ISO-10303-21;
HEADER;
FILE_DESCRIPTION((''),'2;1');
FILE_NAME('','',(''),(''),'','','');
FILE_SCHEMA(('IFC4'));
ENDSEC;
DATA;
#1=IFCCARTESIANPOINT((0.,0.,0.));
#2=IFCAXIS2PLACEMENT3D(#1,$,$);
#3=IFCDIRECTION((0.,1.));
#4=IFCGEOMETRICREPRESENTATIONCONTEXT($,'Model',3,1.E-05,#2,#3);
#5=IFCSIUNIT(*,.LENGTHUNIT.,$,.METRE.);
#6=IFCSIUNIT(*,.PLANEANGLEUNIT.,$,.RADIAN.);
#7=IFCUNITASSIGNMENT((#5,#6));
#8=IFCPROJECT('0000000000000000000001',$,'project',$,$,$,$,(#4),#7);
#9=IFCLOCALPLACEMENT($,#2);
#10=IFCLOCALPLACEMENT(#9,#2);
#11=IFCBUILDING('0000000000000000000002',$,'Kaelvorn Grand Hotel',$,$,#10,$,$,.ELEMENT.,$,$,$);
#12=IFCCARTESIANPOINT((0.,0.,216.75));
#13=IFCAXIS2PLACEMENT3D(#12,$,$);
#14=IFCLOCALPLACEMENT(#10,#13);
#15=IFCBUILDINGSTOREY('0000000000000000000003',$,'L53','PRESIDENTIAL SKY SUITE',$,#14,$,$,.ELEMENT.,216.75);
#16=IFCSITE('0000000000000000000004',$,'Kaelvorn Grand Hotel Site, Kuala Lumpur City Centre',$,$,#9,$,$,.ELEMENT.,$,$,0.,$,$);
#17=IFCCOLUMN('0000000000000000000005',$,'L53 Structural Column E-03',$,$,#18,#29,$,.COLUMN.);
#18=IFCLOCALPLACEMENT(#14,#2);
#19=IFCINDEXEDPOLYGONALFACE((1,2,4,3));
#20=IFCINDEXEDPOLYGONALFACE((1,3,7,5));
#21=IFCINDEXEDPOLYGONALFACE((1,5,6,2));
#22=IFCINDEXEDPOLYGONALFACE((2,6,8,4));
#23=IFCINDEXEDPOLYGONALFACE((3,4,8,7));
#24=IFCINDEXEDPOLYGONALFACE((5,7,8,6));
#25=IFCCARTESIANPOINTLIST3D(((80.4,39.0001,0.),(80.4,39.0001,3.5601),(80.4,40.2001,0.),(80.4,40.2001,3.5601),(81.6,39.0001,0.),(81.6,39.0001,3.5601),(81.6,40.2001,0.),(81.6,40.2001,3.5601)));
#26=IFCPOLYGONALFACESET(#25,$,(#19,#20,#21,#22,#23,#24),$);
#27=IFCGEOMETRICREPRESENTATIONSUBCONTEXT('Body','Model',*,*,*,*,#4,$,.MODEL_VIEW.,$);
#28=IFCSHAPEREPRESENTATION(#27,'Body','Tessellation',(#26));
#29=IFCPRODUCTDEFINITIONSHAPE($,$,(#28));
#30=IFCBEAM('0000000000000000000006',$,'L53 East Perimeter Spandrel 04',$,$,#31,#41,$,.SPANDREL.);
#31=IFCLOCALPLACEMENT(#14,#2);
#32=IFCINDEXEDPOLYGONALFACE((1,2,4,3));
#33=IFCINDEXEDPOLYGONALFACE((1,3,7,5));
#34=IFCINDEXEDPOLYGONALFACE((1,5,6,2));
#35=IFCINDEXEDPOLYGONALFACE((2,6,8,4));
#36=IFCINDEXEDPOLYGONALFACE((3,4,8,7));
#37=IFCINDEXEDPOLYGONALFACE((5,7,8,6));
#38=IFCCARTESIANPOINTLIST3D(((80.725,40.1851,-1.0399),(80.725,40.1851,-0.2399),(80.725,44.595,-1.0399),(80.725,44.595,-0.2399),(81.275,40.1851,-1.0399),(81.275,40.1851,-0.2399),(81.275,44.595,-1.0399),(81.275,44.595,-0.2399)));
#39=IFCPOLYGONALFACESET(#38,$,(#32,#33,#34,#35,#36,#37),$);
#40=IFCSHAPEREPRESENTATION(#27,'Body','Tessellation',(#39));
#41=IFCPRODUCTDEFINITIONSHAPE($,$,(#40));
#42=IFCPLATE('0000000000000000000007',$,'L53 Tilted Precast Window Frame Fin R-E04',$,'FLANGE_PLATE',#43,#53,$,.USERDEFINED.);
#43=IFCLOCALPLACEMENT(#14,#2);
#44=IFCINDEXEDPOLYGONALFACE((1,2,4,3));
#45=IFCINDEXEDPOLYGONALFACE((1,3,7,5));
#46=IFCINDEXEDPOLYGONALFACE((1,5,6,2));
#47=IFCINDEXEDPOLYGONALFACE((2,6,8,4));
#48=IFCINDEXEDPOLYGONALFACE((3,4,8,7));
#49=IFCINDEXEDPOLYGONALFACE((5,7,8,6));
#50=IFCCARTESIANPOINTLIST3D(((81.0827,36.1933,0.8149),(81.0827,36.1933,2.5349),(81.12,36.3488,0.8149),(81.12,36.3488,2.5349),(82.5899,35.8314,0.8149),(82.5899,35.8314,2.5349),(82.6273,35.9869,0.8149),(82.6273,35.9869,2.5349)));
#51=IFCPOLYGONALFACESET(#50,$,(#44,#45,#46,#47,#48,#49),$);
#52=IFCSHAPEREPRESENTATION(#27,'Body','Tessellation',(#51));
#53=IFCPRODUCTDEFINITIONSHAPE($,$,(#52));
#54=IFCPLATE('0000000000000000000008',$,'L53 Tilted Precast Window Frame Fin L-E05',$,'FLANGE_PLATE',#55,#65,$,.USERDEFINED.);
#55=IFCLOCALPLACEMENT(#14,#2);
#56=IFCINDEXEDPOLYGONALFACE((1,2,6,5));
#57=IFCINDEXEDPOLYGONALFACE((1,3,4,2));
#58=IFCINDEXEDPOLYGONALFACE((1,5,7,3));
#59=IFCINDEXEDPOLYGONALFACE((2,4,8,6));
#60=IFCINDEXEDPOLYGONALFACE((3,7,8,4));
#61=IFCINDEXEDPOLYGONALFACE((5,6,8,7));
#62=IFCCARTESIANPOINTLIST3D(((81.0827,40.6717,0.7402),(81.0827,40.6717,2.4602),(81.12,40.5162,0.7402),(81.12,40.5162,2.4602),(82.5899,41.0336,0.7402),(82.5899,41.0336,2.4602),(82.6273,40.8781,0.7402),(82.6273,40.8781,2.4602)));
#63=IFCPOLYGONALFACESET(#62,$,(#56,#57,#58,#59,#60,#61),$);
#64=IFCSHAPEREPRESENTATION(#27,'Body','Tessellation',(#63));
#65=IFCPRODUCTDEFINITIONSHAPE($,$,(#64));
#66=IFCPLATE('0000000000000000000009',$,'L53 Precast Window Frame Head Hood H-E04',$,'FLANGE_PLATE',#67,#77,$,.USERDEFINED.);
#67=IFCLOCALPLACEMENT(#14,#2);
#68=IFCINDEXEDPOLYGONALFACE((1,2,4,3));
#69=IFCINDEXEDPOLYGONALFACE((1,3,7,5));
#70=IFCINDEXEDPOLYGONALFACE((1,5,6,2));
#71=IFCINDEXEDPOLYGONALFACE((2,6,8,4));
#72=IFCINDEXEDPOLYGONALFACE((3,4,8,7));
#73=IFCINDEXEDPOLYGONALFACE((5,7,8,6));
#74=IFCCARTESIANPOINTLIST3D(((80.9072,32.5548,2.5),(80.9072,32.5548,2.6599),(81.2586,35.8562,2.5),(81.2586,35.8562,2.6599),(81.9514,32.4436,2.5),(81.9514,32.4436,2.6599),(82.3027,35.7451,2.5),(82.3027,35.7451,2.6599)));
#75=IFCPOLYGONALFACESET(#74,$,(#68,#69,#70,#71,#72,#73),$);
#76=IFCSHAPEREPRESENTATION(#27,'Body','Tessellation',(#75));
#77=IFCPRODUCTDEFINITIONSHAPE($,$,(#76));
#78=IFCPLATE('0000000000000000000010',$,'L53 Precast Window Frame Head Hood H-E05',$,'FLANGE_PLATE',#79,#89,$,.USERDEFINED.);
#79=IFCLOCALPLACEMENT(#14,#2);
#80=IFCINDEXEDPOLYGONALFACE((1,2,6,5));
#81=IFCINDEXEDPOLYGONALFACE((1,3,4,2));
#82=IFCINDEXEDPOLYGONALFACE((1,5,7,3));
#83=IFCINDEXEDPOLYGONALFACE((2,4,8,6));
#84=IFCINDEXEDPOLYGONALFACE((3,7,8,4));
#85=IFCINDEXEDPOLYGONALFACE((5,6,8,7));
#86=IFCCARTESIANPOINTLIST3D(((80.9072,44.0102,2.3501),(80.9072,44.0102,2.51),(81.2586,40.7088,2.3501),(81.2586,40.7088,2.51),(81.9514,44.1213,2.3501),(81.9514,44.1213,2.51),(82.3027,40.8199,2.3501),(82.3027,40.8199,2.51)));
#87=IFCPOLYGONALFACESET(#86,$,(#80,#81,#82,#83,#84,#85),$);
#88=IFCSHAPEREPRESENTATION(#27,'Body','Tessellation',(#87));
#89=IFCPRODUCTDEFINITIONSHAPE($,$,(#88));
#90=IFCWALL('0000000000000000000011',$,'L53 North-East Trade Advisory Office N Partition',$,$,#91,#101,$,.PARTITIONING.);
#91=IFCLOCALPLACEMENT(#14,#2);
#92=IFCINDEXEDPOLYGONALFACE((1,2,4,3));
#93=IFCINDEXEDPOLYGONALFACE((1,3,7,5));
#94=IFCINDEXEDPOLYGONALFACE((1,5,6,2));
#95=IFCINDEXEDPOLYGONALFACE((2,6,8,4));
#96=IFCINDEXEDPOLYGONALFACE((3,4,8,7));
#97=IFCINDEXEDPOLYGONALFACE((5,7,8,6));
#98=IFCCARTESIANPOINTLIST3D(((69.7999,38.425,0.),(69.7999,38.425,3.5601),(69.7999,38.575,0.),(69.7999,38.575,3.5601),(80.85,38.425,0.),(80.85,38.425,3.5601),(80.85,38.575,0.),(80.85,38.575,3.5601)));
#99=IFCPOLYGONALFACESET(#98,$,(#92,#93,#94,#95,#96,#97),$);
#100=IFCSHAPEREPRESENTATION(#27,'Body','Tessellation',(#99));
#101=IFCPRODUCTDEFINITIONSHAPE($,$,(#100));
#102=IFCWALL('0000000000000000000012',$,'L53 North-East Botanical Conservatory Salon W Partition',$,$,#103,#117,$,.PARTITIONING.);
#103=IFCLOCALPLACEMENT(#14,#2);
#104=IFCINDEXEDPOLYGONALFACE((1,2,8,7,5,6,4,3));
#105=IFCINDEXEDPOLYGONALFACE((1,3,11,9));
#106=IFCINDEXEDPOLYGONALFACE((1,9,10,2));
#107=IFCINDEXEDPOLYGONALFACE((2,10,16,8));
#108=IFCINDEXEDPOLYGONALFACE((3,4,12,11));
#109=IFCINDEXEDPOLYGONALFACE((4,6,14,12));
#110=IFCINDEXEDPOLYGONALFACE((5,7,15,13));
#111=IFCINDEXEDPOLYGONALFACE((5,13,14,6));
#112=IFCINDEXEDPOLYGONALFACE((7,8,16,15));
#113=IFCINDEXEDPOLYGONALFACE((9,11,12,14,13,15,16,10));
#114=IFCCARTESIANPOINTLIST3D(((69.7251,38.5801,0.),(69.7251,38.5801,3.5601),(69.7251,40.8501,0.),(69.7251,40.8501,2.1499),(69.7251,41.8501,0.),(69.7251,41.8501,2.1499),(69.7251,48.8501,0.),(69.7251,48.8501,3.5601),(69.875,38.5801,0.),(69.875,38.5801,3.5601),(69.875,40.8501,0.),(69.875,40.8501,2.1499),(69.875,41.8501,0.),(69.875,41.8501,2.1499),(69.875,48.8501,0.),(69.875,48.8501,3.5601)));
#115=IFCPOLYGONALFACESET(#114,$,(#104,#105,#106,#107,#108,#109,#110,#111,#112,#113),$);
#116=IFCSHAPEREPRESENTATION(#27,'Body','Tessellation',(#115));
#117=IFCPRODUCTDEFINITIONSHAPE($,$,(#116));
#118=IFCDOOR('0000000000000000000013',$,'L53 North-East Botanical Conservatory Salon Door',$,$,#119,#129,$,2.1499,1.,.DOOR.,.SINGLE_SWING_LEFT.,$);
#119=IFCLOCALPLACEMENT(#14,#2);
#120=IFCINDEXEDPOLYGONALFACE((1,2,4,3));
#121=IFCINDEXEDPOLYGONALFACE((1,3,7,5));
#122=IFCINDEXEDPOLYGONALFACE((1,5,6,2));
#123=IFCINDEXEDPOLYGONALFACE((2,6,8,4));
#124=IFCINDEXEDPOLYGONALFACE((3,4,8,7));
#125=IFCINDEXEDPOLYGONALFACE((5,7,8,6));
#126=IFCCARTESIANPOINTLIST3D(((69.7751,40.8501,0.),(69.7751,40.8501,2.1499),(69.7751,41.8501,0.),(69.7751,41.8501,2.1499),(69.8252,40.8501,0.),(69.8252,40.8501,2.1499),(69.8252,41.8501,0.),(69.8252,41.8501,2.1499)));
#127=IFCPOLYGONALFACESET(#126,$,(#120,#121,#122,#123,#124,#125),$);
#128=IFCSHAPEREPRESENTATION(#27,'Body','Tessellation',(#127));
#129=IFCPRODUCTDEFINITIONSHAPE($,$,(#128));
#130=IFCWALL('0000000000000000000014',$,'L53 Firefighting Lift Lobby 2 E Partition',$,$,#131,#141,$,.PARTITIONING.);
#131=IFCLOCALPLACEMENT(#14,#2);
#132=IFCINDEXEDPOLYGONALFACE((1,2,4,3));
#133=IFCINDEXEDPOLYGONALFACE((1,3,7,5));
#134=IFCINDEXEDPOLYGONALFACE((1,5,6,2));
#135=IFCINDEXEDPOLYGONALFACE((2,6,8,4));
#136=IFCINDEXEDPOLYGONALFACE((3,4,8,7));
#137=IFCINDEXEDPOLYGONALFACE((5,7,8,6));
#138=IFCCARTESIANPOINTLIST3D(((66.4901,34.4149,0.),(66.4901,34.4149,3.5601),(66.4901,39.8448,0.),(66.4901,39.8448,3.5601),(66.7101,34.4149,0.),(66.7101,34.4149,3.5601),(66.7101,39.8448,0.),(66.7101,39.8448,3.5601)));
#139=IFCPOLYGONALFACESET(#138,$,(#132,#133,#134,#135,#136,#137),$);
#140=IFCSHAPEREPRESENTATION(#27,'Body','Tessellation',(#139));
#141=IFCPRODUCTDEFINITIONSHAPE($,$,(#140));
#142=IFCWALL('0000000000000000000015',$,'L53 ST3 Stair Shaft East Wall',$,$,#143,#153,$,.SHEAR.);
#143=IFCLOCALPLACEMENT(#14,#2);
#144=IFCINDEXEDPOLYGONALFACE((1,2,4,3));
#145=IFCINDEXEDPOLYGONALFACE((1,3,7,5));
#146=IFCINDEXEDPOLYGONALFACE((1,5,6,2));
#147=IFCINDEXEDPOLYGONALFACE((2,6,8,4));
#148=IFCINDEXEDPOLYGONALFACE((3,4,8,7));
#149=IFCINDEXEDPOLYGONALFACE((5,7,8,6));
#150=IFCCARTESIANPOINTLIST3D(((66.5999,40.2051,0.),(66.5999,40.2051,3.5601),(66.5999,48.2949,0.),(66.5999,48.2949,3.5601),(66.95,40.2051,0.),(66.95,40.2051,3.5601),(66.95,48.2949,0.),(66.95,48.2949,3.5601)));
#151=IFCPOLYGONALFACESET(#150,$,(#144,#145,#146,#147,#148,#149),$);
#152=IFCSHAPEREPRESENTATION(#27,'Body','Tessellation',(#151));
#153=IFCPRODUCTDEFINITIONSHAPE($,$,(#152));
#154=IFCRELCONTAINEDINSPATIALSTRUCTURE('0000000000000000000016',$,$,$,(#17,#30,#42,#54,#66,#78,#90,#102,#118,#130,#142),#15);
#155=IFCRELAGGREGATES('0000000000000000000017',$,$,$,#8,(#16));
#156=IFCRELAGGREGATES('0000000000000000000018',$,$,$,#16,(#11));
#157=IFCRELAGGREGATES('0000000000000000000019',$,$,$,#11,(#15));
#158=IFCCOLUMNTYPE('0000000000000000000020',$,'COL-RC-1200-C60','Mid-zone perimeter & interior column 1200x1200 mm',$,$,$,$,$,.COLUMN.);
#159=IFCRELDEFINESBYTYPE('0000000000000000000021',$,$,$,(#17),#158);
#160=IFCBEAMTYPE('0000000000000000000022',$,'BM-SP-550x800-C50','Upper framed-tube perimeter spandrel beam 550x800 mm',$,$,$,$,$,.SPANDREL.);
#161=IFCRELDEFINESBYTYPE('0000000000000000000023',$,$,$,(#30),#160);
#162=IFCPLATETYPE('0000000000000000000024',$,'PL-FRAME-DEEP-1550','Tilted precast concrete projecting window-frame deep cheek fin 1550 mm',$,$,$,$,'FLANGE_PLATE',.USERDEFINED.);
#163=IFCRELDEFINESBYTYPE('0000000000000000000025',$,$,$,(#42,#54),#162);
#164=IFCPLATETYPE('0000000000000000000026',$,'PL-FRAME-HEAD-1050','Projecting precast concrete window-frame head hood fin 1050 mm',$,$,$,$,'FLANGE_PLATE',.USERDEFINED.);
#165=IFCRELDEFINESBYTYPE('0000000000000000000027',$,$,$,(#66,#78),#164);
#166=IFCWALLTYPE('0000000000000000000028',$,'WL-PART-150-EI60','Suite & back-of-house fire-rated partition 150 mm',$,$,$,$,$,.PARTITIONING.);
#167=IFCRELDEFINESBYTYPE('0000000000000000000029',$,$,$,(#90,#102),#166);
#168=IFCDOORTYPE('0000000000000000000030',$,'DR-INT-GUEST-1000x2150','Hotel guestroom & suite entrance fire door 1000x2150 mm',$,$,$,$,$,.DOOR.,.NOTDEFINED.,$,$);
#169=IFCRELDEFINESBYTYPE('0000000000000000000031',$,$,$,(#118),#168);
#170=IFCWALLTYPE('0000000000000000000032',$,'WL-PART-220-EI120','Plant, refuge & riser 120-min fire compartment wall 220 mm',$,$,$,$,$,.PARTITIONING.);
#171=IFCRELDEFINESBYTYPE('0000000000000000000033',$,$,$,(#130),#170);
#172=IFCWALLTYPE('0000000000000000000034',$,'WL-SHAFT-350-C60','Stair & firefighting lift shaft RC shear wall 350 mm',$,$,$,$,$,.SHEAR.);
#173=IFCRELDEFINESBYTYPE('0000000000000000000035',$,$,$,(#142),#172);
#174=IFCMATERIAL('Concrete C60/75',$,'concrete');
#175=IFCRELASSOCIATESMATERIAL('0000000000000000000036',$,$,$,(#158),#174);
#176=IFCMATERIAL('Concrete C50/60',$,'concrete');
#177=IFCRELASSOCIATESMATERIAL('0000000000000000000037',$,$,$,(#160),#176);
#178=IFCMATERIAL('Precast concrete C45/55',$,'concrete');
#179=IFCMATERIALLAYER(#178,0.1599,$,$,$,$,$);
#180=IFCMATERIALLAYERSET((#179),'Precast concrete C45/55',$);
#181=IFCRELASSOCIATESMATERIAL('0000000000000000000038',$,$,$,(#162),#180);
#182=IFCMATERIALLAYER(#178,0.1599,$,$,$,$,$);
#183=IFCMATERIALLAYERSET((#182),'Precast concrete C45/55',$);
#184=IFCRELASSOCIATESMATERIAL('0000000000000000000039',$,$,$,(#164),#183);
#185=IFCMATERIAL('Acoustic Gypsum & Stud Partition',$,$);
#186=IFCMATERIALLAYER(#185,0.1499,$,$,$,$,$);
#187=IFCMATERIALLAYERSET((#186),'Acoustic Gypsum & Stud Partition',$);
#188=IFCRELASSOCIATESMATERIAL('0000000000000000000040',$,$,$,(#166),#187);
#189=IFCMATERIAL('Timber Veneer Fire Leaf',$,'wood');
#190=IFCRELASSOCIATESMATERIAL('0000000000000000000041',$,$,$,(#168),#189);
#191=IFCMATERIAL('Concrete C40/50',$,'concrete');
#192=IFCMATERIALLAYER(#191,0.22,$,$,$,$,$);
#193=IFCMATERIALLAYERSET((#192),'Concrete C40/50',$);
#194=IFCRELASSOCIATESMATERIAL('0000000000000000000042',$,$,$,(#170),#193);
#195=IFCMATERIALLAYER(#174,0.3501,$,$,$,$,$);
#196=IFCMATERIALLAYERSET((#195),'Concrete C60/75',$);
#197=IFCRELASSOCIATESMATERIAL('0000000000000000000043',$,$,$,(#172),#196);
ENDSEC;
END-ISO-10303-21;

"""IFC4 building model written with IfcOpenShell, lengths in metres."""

from ifc_helpers import new_model, si_unit, direction, frame, frame_2d, origin, origin_2d, place, context, subcontext, project, spatial, rectangle, extrude, material, layer, layer_set, material_profile, profile_set, type_object, element, fill, save


model = new_model("IFC4")

# Units and contexts
model_context = context("Model", 3, precision=1e-05, world=origin(), true_north=direction((0.0, 1.0)))
body_context = subcontext(model_context, "Body", "Model", "MODEL_VIEW")
ifc_project = project(units=[si_unit("LENGTHUNIT", "METRE"), si_unit("PLANEANGLEUNIT", "RADIAN")], contexts=[model_context])

# Site, building, storey
site_placement = place(None, origin())
site = spatial("IfcSite", under=ifc_project, at=site_placement, Name="Kaelvorn Grand Hotel Site, Kuala Lumpur City Centre", CompositionType="ELEMENT", RefElevation=0.0)
building_placement = place(site_placement, origin())
building = spatial("IfcBuilding", under=site, at=building_placement, Name="Kaelvorn Grand Hotel", CompositionType="ELEMENT")
storey_placement = place(building_placement, frame((0.0, 0.0, 216.75)))
storey = spatial("IfcBuildingStorey", under=building, at=storey_placement, Name="L53", Description="PRESIDENTIAL SKY SUITE", CompositionType="ELEMENT", Elevation=216.75)

# Column
ifc_material_1 = material(Name="Concrete C60/75", Category="concrete")
ifc_material_profile_1 = material_profile(ifc_material_1, rectangle(XDim=1.2, YDim=1.2, at=origin_2d()), Name="RC COL 1200x1200")
ifc_profile_set_1 = profile_set([ifc_material_profile_1], Name="Concrete C60/75")
column_type = type_object("IfcColumnType", Name="COL-RC-1200-C60", Description="Mid-zone perimeter & interior column 1200x1200 mm", PredefinedType="COLUMN", material=ifc_profile_set_1)
column_placement = place(storey_placement, frame((81.0, 39.6001, 0.0), z_axis=(0.0, 0.0, 1.0), x_axis=(1.0, 0.0, 0.0)))
element("IfcColumn", 1, at=column_placement, inside=storey, type_object=column_type, Name="L53 Structural Column E-03", PredefinedType="COLUMN", context=body_context, shape_type="SweptSolid", body=[
    extrude(rectangle(XDim=1.2, YDim=1.2, at=origin_2d()), origin(), (0.0, 0.0, 1.0), 3.5601),
])

# Beam
ifc_material_2 = material(Name="Concrete C50/60", Category="concrete")
ifc_material_profile_2 = material_profile(ifc_material_2, rectangle(XDim=0.55, YDim=0.8, at=origin_2d()), Name="RC SPANDREL 550x800")
ifc_profile_set_2 = profile_set([ifc_material_profile_2], Name="Concrete C50/60")
beam_type = type_object("IfcBeamType", Name="BM-SP-550x800-C50", Description="Upper framed-tube perimeter spandrel beam 550x800 mm", PredefinedType="SPANDREL", material=ifc_profile_set_2)
beam_placement = place(storey_placement, frame((81.0, 40.1851, -0.6399), z_axis=(0.0, 1.0, 0.0), x_axis=(-1.0, 0.0, 0.0)))
element("IfcBeam", 2, at=beam_placement, inside=storey, type_object=beam_type, Name="L53 East Perimeter Spandrel 04", PredefinedType="SPANDREL", context=body_context, shape_type="SweptSolid", body=[
    extrude(rectangle(XDim=0.55, YDim=0.8, at=origin_2d()), origin(), (0.0, 0.0, 1.0), 4.4099),
])

# Plates
ifc_material_3 = material(Name="Precast concrete C45/55", Category="concrete")
ifc_layer_1 = layer(ifc_material_3, 0.1599)
ifc_layer_set_1 = layer_set([ifc_layer_1], Name="Precast concrete C45/55")
plate_type_1 = type_object("IfcPlateType", Name="PL-FRAME-DEEP-1550", Description="Tilted precast concrete projecting window-frame deep cheek fin 1550 mm", ElementType="FLANGE_PLATE", PredefinedType="USERDEFINED", material=ifc_layer_set_1)
for number, where, z_axis, x_axis, name in (
    (3, (81.855, 36.0901, 0.8149), (0.0, 0.0, 1.0), (0.233445, 0.97237, 0.0), "L53 Tilted Precast Window Frame Fin R-E04"),
    (4, (81.855, 40.7749, 0.7402), (0.0, 0.0, 1.0), (-0.233445, 0.97237, 0.0), "L53 Tilted Precast Window Frame Fin L-E05"),
):
    element("IfcPlate", number, at=place(storey_placement, frame(where, z_axis=z_axis, x_axis=x_axis)), inside=storey, type_object=plate_type_1, Name=name, ObjectType="FLANGE_PLATE", PredefinedType="USERDEFINED", context=body_context, shape_type="SweptSolid", body=[
        extrude(rectangle(XDim=0.1599, YDim=1.55, at=origin_2d()), origin(), (0.0, 0.0, 1.0), 1.72),
    ])
ifc_layer_2 = layer(ifc_material_3, 0.1599)
ifc_layer_set_2 = layer_set([ifc_layer_2], Name="Precast concrete C45/55")
plate_type_2 = type_object("IfcPlateType", Name="PL-FRAME-HEAD-1050", Description="Projecting precast concrete window-frame head hood fin 1050 mm", ElementType="FLANGE_PLATE", PredefinedType="USERDEFINED", material=ifc_layer_set_2)
for number, where, z_axis, x_axis, name in (
    (5, (81.605, 34.1499, 2.5), (0.0, 0.0, 1.0), (0.10583, 0.994384, 0.0), "L53 Precast Window Frame Head Hood H-E04"),
    (6, (81.605, 42.415, 2.3501), (0.0, 0.0, 1.0), (-0.10583, 0.994384, 0.0), "L53 Precast Window Frame Head Hood H-E05"),
):
    element("IfcPlate", number, at=place(storey_placement, frame(where, z_axis=z_axis, x_axis=x_axis)), inside=storey, type_object=plate_type_2, Name=name, ObjectType="FLANGE_PLATE", PredefinedType="USERDEFINED", context=body_context, shape_type="SweptSolid", body=[
        extrude(rectangle(XDim=3.3201, YDim=1.05, at=origin_2d()), origin(), (0.0, 0.0, 1.0), 0.1599),
    ])

# Wall
ifc_material_4 = material(Name="Acoustic Gypsum & Stud Partition")
ifc_layer_3 = layer(ifc_material_4, 0.1499)
ifc_layer_set_3 = layer_set([ifc_layer_3], Name="Acoustic Gypsum & Stud Partition")
wall_type_1 = type_object("IfcWallType", Name="WL-PART-150-EI60", Description="Suite & back-of-house fire-rated partition 150 mm", PredefinedType="PARTITIONING", material=ifc_layer_set_3)
wall_1_placement = place(storey_placement, frame((69.8, 38.5, 0.0), z_axis=(0.0, 0.0, 1.0), x_axis=(1.0, 0.0, 0.0)))
element("IfcWall", 7, at=wall_1_placement, inside=storey, type_object=wall_type_1, Name="L53 North-East Trade Advisory Office N Partition", PredefinedType="PARTITIONING", context=body_context, shape_type="SweptSolid", body=[
    extrude(rectangle(XDim=11.05, YDim=0.1499, at=frame_2d((5.5249, 0.0))), origin(), (0.0, 0.0, 1.0), 3.5601),
])

# Wall, opening, door
wall_2_placement = place(storey_placement, frame((69.8, 38.5801, 0.0), z_axis=(0.0, 0.0, 1.0), x_axis=(0.0, 1.0, 0.0)))
wall_2 = element("IfcWall", 8, at=wall_2_placement, inside=storey, type_object=wall_type_1, Name="L53 North-East Botanical Conservatory Salon W Partition", PredefinedType="PARTITIONING", context=body_context, shape_type="SweptSolid", body=[
    extrude(rectangle(XDim=10.27, YDim=0.1499, at=frame_2d((5.135, 0.0))), origin(), (0.0, 0.0, 1.0), 3.5601),
])
opening_placement = place(wall_2_placement, frame((2.27, 0.0, 0.0)))
opening = element("IfcOpeningElement", 9, at=opening_placement, cuts=wall_2, PredefinedType="OPENING", context=body_context, shape_type="SweptSolid", body=[
    extrude(rectangle(XDim=1.0, YDim=2.1499, at=frame_2d((0.5, 1.075))), frame((0.0, 0.085, 0.0), z_axis=(0.0, -1.0, 0.0), x_axis=(1.0, 0.0, 0.0)), (0.0, 0.0, 1.0), 0.1699),
])
ifc_material_5 = material(Name="Timber Veneer Fire Leaf", Category="wood")
door_type = type_object("IfcDoorType", Name="DR-INT-GUEST-1000x2150", Description="Hotel guestroom & suite entrance fire door 1000x2150 mm", OperationType="NOTDEFINED", PredefinedType="DOOR", material=ifc_material_5)
door_placement = place(opening_placement, origin())
door = element("IfcDoor", 10, at=door_placement, inside=storey, type_object=door_type, Name="L53 North-East Botanical Conservatory Salon Door", OperationType="SINGLE_SWING_LEFT", OverallHeight=2.1499, OverallWidth=1.0, PredefinedType="DOOR", context=body_context, shape_type="SweptSolid", body=[
    extrude(rectangle(XDim=1.0, YDim=2.1499, at=frame_2d((0.5, 1.075))), frame((0.0, 0.0249, 0.0), z_axis=(0.0, -1.0, 0.0), x_axis=(1.0, 0.0, 0.0)), (0.0, 0.0, 1.0), 0.05),
])
fill(opening, door)

# Walls
ifc_material_6 = material(Name="Concrete C40/50", Category="concrete")
ifc_layer_4 = layer(ifc_material_6, 0.22)
ifc_layer_set_4 = layer_set([ifc_layer_4], Name="Concrete C40/50")
wall_type_2 = type_object("IfcWallType", Name="WL-PART-220-EI120", Description="Plant, refuge & riser 120-min fire compartment wall 220 mm", PredefinedType="PARTITIONING", material=ifc_layer_set_4)
wall_3_placement = place(storey_placement, frame((66.6001, 34.415, 0.0), z_axis=(0.0, 0.0, 1.0), x_axis=(0.0, 1.0, 0.0)))
element("IfcWall", 11, at=wall_3_placement, inside=storey, type_object=wall_type_2, Name="L53 Firefighting Lift Lobby 2 E Partition", PredefinedType="PARTITIONING", context=body_context, shape_type="SweptSolid", body=[
    extrude(rectangle(XDim=5.4299, YDim=0.22, at=frame_2d((2.7148, 0.0))), origin(), (0.0, 0.0, 1.0), 3.5601),
])
ifc_layer_5 = layer(ifc_material_1, 0.3501)
ifc_layer_set_5 = layer_set([ifc_layer_5], Name="Concrete C60/75")
wall_type_3 = type_object("IfcWallType", Name="WL-SHAFT-350-C60", Description="Stair & firefighting lift shaft RC shear wall 350 mm", PredefinedType="SHEAR", material=ifc_layer_set_5)
wall_4_placement = place(storey_placement, frame((66.7749, 40.2051, 0.0), z_axis=(0.0, 0.0, 1.0), x_axis=(0.0, 1.0, 0.0)))
element("IfcWall", 12, at=wall_4_placement, inside=storey, type_object=wall_type_3, Name="L53 ST3 Stair Shaft East Wall", PredefinedType="SHEAR", context=body_context, shape_type="SweptSolid", body=[
    extrude(rectangle(XDim=8.0898, YDim=0.3501, at=frame_2d((4.0449, 0.0))), origin(), (0.0, 0.0, 1.0), 3.5601),
])

save(model, "model.ifc")
